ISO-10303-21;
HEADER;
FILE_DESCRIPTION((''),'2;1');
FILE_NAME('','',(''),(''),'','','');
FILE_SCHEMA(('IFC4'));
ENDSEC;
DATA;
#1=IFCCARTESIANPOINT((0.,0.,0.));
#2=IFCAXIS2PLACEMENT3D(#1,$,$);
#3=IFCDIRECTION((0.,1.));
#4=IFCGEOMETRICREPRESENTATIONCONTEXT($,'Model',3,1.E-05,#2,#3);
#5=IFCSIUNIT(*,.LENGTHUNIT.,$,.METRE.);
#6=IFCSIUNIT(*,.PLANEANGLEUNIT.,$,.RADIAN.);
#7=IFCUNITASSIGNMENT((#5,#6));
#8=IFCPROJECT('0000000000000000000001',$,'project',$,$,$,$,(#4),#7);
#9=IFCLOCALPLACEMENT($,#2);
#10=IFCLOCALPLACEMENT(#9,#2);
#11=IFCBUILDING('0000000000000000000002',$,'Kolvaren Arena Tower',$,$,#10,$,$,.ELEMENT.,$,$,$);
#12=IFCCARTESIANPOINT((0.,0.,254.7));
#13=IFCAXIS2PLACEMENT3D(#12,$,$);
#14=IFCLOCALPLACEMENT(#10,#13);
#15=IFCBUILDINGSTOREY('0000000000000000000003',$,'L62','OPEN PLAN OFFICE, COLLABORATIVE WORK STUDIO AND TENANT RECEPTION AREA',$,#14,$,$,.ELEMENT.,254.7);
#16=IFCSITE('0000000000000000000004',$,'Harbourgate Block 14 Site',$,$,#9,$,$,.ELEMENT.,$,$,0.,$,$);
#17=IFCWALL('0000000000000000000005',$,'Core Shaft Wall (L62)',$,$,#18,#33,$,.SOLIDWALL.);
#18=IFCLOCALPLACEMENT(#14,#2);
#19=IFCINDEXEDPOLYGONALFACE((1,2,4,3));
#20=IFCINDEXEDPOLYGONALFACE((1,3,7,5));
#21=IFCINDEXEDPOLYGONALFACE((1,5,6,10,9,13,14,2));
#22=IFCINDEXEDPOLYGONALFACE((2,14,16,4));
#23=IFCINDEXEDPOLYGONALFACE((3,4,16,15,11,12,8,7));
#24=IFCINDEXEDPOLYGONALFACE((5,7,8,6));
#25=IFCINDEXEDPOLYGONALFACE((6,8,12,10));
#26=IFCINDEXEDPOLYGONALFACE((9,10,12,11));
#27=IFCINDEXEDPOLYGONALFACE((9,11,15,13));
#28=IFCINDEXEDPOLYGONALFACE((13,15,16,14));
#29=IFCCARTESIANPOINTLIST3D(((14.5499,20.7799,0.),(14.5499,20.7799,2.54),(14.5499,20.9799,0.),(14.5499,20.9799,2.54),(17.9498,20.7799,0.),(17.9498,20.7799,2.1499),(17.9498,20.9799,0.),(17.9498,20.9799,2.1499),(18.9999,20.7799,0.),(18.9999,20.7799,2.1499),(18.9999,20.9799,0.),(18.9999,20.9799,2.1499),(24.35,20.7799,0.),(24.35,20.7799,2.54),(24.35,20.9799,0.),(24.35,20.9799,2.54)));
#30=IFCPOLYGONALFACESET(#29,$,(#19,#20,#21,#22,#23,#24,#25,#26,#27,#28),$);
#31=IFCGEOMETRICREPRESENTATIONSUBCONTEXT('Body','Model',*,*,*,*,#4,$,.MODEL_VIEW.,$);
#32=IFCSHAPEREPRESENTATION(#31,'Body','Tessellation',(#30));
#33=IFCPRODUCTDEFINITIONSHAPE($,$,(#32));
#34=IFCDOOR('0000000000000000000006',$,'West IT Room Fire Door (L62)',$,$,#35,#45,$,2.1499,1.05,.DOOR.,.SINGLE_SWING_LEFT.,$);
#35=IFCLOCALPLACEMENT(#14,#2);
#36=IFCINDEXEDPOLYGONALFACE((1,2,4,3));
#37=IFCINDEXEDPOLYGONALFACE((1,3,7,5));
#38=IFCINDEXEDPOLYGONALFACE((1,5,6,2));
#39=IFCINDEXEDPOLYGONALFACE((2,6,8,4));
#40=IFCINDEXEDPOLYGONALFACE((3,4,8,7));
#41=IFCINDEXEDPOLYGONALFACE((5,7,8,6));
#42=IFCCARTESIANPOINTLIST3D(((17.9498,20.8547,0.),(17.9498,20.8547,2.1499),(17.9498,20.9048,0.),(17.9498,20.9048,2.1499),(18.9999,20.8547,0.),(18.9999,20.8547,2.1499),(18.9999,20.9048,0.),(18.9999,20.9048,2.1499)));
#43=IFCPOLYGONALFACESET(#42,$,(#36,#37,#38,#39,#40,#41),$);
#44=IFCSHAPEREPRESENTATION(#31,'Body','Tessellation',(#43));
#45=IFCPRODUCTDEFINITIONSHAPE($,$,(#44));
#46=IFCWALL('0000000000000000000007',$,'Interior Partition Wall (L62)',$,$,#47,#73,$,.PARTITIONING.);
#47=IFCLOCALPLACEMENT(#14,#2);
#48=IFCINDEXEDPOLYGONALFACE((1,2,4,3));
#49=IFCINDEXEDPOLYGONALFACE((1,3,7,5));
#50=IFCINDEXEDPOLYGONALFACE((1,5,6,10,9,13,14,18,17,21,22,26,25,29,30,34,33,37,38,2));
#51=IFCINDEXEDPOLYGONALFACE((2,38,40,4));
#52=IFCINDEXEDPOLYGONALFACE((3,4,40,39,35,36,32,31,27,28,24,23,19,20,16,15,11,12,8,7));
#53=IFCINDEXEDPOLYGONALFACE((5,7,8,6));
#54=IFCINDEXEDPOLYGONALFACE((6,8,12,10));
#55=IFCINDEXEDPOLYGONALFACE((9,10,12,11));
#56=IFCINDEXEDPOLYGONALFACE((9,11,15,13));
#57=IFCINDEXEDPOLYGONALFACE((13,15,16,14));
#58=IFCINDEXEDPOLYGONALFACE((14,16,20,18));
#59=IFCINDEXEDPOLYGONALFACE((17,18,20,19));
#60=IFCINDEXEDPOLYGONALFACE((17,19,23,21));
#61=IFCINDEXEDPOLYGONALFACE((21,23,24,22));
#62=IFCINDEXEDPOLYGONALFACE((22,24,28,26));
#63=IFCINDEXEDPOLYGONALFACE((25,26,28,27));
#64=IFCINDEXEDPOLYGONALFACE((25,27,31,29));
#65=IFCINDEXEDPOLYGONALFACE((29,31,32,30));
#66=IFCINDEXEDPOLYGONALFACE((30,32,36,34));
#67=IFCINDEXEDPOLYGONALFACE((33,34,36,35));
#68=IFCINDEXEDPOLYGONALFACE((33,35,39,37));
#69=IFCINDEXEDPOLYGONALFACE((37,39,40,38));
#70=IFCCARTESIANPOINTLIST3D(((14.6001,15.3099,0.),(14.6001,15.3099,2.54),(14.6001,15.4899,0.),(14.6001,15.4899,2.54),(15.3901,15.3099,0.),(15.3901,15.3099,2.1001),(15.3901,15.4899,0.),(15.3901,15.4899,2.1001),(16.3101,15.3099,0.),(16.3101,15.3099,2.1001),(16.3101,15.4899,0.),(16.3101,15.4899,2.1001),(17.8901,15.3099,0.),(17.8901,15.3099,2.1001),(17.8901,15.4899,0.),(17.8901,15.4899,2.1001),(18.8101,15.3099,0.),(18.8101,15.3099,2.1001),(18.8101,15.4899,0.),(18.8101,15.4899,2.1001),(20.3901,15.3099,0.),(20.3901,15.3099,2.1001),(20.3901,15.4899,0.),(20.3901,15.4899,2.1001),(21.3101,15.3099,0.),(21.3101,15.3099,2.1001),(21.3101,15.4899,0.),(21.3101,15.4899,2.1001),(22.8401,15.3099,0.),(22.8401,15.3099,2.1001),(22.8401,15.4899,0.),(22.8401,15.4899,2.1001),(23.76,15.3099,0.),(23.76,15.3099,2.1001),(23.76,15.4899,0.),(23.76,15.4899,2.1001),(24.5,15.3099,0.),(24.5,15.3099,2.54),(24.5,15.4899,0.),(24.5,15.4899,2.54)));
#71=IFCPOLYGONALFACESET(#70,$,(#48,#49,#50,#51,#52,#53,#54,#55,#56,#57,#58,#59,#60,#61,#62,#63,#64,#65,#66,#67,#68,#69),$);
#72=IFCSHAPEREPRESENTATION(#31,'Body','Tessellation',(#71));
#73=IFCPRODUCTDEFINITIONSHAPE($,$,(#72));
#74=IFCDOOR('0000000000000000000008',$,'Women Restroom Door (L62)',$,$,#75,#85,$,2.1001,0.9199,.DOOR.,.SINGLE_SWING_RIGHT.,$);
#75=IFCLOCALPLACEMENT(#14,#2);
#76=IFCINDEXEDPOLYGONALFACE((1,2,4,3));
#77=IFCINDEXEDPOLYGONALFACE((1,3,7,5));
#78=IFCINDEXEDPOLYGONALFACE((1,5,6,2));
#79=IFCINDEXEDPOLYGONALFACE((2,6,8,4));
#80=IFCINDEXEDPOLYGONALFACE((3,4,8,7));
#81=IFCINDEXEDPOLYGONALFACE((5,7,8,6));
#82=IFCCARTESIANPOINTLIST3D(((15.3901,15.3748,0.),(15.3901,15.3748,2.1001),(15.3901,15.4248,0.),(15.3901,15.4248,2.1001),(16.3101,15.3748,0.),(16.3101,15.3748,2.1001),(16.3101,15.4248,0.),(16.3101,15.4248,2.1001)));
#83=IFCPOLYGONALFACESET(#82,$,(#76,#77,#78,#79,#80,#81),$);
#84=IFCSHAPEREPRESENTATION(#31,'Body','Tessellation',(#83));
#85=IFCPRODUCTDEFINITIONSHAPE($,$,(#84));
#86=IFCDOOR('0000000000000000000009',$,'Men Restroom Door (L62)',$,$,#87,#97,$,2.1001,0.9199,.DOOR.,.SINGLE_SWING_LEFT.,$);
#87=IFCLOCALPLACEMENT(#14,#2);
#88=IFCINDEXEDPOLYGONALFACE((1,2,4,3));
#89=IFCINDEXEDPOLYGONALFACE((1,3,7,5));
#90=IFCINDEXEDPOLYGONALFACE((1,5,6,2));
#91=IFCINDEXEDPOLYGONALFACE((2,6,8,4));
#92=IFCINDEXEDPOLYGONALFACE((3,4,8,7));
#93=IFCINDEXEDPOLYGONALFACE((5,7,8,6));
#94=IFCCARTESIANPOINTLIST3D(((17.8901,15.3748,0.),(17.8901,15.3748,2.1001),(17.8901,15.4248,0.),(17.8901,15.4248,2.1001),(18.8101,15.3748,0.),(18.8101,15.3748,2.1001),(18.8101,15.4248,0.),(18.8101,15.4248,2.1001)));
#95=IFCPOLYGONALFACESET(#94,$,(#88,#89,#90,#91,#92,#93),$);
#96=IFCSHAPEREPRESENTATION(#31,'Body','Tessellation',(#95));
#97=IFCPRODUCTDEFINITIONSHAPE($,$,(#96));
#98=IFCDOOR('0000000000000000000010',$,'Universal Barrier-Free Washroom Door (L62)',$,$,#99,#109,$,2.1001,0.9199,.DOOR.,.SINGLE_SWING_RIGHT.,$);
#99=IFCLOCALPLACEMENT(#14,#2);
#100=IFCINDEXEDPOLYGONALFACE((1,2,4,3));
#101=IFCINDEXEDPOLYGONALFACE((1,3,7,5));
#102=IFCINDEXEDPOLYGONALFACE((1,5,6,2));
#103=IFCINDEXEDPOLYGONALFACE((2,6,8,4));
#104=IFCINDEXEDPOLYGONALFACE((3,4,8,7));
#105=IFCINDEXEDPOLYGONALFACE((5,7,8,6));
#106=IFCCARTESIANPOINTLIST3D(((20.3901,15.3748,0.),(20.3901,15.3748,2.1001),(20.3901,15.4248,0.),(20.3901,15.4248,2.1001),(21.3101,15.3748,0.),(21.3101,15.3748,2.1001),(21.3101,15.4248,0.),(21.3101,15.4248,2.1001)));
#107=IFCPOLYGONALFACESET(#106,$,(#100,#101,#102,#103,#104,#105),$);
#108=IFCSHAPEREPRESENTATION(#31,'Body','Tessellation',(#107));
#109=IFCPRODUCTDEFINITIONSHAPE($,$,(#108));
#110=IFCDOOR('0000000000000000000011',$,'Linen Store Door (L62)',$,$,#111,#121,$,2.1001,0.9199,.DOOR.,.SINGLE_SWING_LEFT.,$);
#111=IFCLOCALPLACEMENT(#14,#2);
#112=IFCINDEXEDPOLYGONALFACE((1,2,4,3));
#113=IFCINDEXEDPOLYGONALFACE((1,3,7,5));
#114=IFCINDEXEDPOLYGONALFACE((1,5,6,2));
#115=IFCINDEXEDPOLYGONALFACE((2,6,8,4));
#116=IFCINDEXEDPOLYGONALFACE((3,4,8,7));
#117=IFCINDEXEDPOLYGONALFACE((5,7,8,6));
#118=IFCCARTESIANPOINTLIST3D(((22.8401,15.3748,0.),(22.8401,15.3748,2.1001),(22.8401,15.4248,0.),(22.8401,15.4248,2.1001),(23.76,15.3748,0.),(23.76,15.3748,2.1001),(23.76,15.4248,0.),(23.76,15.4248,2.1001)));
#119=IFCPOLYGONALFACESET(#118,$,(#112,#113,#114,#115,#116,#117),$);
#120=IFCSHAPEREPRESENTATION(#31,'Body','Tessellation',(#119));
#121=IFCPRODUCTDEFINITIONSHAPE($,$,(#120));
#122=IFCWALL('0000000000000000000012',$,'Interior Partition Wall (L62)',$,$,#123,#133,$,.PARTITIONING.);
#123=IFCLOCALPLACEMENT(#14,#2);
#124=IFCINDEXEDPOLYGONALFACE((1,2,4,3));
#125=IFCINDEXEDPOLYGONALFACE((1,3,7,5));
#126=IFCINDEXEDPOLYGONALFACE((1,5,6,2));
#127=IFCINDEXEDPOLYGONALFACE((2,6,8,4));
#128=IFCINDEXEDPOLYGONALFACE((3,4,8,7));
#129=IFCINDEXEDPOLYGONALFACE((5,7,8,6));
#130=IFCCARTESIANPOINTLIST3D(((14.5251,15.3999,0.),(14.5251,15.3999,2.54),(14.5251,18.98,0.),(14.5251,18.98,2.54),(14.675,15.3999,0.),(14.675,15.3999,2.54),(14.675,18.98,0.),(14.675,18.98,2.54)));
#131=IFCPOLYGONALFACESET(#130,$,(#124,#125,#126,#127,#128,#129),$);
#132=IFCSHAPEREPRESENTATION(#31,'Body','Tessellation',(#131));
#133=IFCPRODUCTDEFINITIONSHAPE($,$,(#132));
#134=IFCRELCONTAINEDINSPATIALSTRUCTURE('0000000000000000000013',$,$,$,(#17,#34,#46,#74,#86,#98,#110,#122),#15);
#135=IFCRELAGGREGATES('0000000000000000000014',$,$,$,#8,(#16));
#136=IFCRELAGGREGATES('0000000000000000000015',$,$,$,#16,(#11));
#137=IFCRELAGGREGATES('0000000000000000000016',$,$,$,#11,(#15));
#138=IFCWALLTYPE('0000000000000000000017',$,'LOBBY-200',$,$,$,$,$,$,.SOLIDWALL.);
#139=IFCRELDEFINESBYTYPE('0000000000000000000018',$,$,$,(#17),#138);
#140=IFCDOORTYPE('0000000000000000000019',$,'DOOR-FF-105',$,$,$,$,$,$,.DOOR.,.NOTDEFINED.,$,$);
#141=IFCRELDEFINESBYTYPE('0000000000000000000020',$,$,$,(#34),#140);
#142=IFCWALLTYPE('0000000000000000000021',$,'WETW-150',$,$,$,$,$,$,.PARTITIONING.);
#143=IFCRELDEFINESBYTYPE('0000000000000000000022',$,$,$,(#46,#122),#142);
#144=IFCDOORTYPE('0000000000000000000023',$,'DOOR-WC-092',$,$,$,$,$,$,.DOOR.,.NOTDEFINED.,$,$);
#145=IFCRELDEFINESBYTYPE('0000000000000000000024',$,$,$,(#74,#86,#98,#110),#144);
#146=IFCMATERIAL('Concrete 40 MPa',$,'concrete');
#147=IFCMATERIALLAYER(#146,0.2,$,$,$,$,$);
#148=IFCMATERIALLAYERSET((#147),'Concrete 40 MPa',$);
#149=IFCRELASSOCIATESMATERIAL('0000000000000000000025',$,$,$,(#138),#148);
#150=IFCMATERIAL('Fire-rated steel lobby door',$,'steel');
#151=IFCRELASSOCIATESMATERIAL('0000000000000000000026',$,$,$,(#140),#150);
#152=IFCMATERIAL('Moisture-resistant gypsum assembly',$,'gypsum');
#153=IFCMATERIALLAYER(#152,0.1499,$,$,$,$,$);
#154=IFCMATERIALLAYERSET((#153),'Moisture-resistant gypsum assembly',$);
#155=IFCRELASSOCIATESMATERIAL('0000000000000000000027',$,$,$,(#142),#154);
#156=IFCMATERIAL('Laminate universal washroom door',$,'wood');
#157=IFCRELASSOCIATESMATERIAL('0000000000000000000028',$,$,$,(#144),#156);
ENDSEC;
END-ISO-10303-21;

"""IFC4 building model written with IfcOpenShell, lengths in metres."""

from ifc_helpers import new_model, si_unit, direction, frame, frame_2d, origin, place, context, subcontext, project, spatial, rectangle, extrude, material, layer, layer_set, type_object, element, fill, save


model = new_model("IFC4")

# Units and contexts
model_context = context("Model", 3, precision=1e-05, world=origin(), true_north=direction((0.0, 1.0)))
body_context = subcontext(model_context, "Body", "Model", "MODEL_VIEW")
ifc_project = project(units=[si_unit("LENGTHUNIT", "METRE"), si_unit("PLANEANGLEUNIT", "RADIAN")], contexts=[model_context])

# Site, building, storey
site_placement = place(None, origin())
site = spatial("IfcSite", under=ifc_project, at=site_placement, Name="Harbourgate Block 14 Site", CompositionType="ELEMENT", RefElevation=0.0)
building_placement = place(site_placement, origin())
building = spatial("IfcBuilding", under=site, at=building_placement, Name="Kolvaren Arena Tower", CompositionType="ELEMENT")
storey_placement = place(building_placement, frame((0.0, 0.0, 254.7)))
storey = spatial("IfcBuildingStorey", under=building, at=storey_placement, Name="L62", Description="OPEN PLAN OFFICE, COLLABORATIVE WORK STUDIO AND TENANT RECEPTION AREA", CompositionType="ELEMENT", Elevation=254.7)

# Wall, opening, door
ifc_material_1 = material(Name="Concrete 40 MPa", Category="concrete")
ifc_layer_1 = layer(ifc_material_1, 0.2)
ifc_layer_set_1 = layer_set([ifc_layer_1], Name="Concrete 40 MPa")
wall_type_1 = type_object("IfcWallType", Name="LOBBY-200", PredefinedType="SOLIDWALL", material=ifc_layer_set_1)
wall_1_placement = place(storey_placement, frame((14.55, 20.8799, 0.0), z_axis=(0.0, 0.0, 1.0), x_axis=(1.0, 0.0, 0.0)))
wall_1 = element("IfcWall", 1, at=wall_1_placement, inside=storey, type_object=wall_type_1, Name="Core Shaft Wall (L62)", PredefinedType="SOLIDWALL", context=body_context, shape_type="SweptSolid", body=[
    extrude(rectangle(XDim=9.8, YDim=0.2, at=frame_2d((4.8999, 0.0))), origin(), (0.0, 0.0, 1.0), 2.54),
])
opening_1_placement = place(wall_1_placement, frame((3.3999, 0.0, 0.0)))
opening_1 = element("IfcOpeningElement", 2, at=opening_1_placement, cuts=wall_1, PredefinedType="OPENING", context=body_context, shape_type="SweptSolid", body=[
    extrude(rectangle(XDim=1.05, YDim=2.1499, at=frame_2d((0.5249, 1.075))), frame((0.0, 0.1099, 0.0), z_axis=(0.0, -1.0, 0.0), x_axis=(1.0, 0.0, 0.0)), (0.0, 0.0, 1.0), 0.22),
])
ifc_material_2 = material(Name="Fire-rated steel lobby door", Category="steel")
door_type_1 = type_object("IfcDoorType", Name="DOOR-FF-105", OperationType="NOTDEFINED", PredefinedType="DOOR", material=ifc_material_2)
door_1_placement = place(opening_1_placement, origin())
door_1 = element("IfcDoor", 3, at=door_1_placement, inside=storey, type_object=door_type_1, Name="West IT Room Fire Door (L62)", OperationType="SINGLE_SWING_LEFT", OverallHeight=2.1499, OverallWidth=1.05, PredefinedType="DOOR", context=body_context, shape_type="SweptSolid", body=[
    extrude(rectangle(XDim=1.05, YDim=2.1499, at=frame_2d((0.5249, 1.075))), frame((0.0, 0.0249, 0.0), z_axis=(0.0, -1.0, 0.0), x_axis=(1.0, 0.0, 0.0)), (0.0, 0.0, 1.0), 0.05),
])
fill(opening_1, door_1)

# Wall, openings, doors
ifc_material_3 = material(Name="Moisture-resistant gypsum assembly", Category="gypsum")
ifc_layer_2 = layer(ifc_material_3, 0.1499)
ifc_layer_set_2 = layer_set([ifc_layer_2], Name="Moisture-resistant gypsum assembly")
wall_type_2 = type_object("IfcWallType", Name="WETW-150", PredefinedType="PARTITIONING", material=ifc_layer_set_2)
wall_2_placement = place(storey_placement, frame((14.6001, 15.3999, 0.0), z_axis=(0.0, 0.0, 1.0), x_axis=(1.0, 0.0, 0.0)))
wall_2 = element("IfcWall", 4, at=wall_2_placement, inside=storey, type_object=wall_type_2, Name="Interior Partition Wall (L62)", PredefinedType="PARTITIONING", context=body_context, shape_type="SweptSolid", body=[
    extrude(rectangle(XDim=9.8999, YDim=0.1799, at=frame_2d((4.95, 0.0))), origin(), (0.0, 0.0, 1.0), 2.54),
])
opening_2_placement = place(wall_2_placement, frame((0.79, 0.0, 0.0)))
opening_2 = element("IfcOpeningElement", 5, at=opening_2_placement, cuts=wall_2, PredefinedType="OPENING", context=body_context, shape_type="SweptSolid", body=[
    extrude(rectangle(XDim=0.9199, YDim=2.1001, at=frame_2d((0.46, 1.05))), frame((0.0, 0.0999, 0.0), z_axis=(0.0, -1.0, 0.0), x_axis=(1.0, 0.0, 0.0)), (0.0, 0.0, 1.0), 0.2),
])
opening_3_placement = place(wall_2_placement, frame((3.29, 0.0, 0.0)))
opening_3 = element("IfcOpeningElement", 6, at=opening_3_placement, cuts=wall_2, PredefinedType="OPENING", context=body_context, shape_type="SweptSolid", body=[
    extrude(rectangle(XDim=0.9199, YDim=2.1001, at=frame_2d((0.46, 1.05))), frame((0.0, 0.0999, 0.0), z_axis=(0.0, -1.0, 0.0), x_axis=(1.0, 0.0, 0.0)), (0.0, 0.0, 1.0), 0.2),
])
opening_4_placement = place(wall_2_placement, frame((5.79, 0.0, 0.0)))
opening_4 = element("IfcOpeningElement", 7, at=opening_4_placement, cuts=wall_2, PredefinedType="OPENING", context=body_context, shape_type="SweptSolid", body=[
    extrude(rectangle(XDim=0.9199, YDim=2.1001, at=frame_2d((0.46, 1.05))), frame((0.0, 0.0999, 0.0), z_axis=(0.0, -1.0, 0.0), x_axis=(1.0, 0.0, 0.0)), (0.0, 0.0, 1.0), 0.2),
])
opening_5_placement = place(wall_2_placement, frame((8.24, 0.0, 0.0)))
opening_5 = element("IfcOpeningElement", 8, at=opening_5_placement, cuts=wall_2, PredefinedType="OPENING", context=body_context, shape_type="SweptSolid", body=[
    extrude(rectangle(XDim=0.9199, YDim=2.1001, at=frame_2d((0.46, 1.05))), frame((0.0, 0.0999, 0.0), z_axis=(0.0, -1.0, 0.0), x_axis=(1.0, 0.0, 0.0)), (0.0, 0.0, 1.0), 0.2),
])
ifc_material_4 = material(Name="Laminate universal washroom door", Category="wood")
door_type_2 = type_object("IfcDoorType", Name="DOOR-WC-092", OperationType="NOTDEFINED", PredefinedType="DOOR", material=ifc_material_4)
door_2_placement = place(opening_2_placement, origin())
door_2 = element("IfcDoor", 9, at=door_2_placement, inside=storey, type_object=door_type_2, Name="Women Restroom Door (L62)", OperationType="SINGLE_SWING_RIGHT", OverallHeight=2.1001, OverallWidth=0.9199, PredefinedType="DOOR", context=body_context, shape_type="SweptSolid", body=[
    extrude(rectangle(XDim=0.9199, YDim=2.1001, at=frame_2d((0.46, 1.05))), frame((0.0, 0.0249, 0.0), z_axis=(0.0, -1.0, 0.0), x_axis=(1.0, 0.0, 0.0)), (0.0, 0.0, 1.0), 0.05),
])
fill(opening_2, door_2)
door_3_placement = place(opening_3_placement, origin())
door_3 = element("IfcDoor", 10, at=door_3_placement, inside=storey, type_object=door_type_2, Name="Men Restroom Door (L62)", OperationType="SINGLE_SWING_LEFT", OverallHeight=2.1001, OverallWidth=0.9199, PredefinedType="DOOR", context=body_context, shape_type="SweptSolid", body=[
    extrude(rectangle(XDim=0.9199, YDim=2.1001, at=frame_2d((0.46, 1.05))), frame((0.0, 0.0249, 0.0), z_axis=(0.0, -1.0, 0.0), x_axis=(1.0, 0.0, 0.0)), (0.0, 0.0, 1.0), 0.05),
])
fill(opening_3, door_3)
door_4_placement = place(opening_4_placement, origin())
door_4 = element("IfcDoor", 11, at=door_4_placement, inside=storey, type_object=door_type_2, Name="Universal Barrier-Free Washroom Door (L62)", OperationType="SINGLE_SWING_RIGHT", OverallHeight=2.1001, OverallWidth=0.9199, PredefinedType="DOOR", context=body_context, shape_type="SweptSolid", body=[
    extrude(rectangle(XDim=0.9199, YDim=2.1001, at=frame_2d((0.46, 1.05))), frame((0.0, 0.0249, 0.0), z_axis=(0.0, -1.0, 0.0), x_axis=(1.0, 0.0, 0.0)), (0.0, 0.0, 1.0), 0.05),
])
fill(opening_4, door_4)
door_5_placement = place(opening_5_placement, origin())
door_5 = element("IfcDoor", 12, at=door_5_placement, inside=storey, type_object=door_type_2, Name="Linen Store Door (L62)", OperationType="SINGLE_SWING_LEFT", OverallHeight=2.1001, OverallWidth=0.9199, PredefinedType="DOOR", context=body_context, shape_type="SweptSolid", body=[
    extrude(rectangle(XDim=0.9199, YDim=2.1001, at=frame_2d((0.46, 1.05))), frame((0.0, 0.0249, 0.0), z_axis=(0.0, -1.0, 0.0), x_axis=(1.0, 0.0, 0.0)), (0.0, 0.0, 1.0), 0.05),
])
fill(opening_5, door_5)

# Wall
wall_3_placement = place(storey_placement, frame((14.6001, 15.3999, 0.0), z_axis=(0.0, 0.0, 1.0), x_axis=(0.0, 1.0, 0.0)))
element("IfcWall", 13, at=wall_3_placement, inside=storey, type_object=wall_type_2, Name="Interior Partition Wall (L62)", PredefinedType="PARTITIONING", context=body_context, shape_type="SweptSolid", body=[
    extrude(rectangle(XDim=3.5801, YDim=0.1499, at=frame_2d((1.79, 0.0))), origin(), (0.0, 0.0, 1.0), 2.54),
])

save(model, "model.ifc")
